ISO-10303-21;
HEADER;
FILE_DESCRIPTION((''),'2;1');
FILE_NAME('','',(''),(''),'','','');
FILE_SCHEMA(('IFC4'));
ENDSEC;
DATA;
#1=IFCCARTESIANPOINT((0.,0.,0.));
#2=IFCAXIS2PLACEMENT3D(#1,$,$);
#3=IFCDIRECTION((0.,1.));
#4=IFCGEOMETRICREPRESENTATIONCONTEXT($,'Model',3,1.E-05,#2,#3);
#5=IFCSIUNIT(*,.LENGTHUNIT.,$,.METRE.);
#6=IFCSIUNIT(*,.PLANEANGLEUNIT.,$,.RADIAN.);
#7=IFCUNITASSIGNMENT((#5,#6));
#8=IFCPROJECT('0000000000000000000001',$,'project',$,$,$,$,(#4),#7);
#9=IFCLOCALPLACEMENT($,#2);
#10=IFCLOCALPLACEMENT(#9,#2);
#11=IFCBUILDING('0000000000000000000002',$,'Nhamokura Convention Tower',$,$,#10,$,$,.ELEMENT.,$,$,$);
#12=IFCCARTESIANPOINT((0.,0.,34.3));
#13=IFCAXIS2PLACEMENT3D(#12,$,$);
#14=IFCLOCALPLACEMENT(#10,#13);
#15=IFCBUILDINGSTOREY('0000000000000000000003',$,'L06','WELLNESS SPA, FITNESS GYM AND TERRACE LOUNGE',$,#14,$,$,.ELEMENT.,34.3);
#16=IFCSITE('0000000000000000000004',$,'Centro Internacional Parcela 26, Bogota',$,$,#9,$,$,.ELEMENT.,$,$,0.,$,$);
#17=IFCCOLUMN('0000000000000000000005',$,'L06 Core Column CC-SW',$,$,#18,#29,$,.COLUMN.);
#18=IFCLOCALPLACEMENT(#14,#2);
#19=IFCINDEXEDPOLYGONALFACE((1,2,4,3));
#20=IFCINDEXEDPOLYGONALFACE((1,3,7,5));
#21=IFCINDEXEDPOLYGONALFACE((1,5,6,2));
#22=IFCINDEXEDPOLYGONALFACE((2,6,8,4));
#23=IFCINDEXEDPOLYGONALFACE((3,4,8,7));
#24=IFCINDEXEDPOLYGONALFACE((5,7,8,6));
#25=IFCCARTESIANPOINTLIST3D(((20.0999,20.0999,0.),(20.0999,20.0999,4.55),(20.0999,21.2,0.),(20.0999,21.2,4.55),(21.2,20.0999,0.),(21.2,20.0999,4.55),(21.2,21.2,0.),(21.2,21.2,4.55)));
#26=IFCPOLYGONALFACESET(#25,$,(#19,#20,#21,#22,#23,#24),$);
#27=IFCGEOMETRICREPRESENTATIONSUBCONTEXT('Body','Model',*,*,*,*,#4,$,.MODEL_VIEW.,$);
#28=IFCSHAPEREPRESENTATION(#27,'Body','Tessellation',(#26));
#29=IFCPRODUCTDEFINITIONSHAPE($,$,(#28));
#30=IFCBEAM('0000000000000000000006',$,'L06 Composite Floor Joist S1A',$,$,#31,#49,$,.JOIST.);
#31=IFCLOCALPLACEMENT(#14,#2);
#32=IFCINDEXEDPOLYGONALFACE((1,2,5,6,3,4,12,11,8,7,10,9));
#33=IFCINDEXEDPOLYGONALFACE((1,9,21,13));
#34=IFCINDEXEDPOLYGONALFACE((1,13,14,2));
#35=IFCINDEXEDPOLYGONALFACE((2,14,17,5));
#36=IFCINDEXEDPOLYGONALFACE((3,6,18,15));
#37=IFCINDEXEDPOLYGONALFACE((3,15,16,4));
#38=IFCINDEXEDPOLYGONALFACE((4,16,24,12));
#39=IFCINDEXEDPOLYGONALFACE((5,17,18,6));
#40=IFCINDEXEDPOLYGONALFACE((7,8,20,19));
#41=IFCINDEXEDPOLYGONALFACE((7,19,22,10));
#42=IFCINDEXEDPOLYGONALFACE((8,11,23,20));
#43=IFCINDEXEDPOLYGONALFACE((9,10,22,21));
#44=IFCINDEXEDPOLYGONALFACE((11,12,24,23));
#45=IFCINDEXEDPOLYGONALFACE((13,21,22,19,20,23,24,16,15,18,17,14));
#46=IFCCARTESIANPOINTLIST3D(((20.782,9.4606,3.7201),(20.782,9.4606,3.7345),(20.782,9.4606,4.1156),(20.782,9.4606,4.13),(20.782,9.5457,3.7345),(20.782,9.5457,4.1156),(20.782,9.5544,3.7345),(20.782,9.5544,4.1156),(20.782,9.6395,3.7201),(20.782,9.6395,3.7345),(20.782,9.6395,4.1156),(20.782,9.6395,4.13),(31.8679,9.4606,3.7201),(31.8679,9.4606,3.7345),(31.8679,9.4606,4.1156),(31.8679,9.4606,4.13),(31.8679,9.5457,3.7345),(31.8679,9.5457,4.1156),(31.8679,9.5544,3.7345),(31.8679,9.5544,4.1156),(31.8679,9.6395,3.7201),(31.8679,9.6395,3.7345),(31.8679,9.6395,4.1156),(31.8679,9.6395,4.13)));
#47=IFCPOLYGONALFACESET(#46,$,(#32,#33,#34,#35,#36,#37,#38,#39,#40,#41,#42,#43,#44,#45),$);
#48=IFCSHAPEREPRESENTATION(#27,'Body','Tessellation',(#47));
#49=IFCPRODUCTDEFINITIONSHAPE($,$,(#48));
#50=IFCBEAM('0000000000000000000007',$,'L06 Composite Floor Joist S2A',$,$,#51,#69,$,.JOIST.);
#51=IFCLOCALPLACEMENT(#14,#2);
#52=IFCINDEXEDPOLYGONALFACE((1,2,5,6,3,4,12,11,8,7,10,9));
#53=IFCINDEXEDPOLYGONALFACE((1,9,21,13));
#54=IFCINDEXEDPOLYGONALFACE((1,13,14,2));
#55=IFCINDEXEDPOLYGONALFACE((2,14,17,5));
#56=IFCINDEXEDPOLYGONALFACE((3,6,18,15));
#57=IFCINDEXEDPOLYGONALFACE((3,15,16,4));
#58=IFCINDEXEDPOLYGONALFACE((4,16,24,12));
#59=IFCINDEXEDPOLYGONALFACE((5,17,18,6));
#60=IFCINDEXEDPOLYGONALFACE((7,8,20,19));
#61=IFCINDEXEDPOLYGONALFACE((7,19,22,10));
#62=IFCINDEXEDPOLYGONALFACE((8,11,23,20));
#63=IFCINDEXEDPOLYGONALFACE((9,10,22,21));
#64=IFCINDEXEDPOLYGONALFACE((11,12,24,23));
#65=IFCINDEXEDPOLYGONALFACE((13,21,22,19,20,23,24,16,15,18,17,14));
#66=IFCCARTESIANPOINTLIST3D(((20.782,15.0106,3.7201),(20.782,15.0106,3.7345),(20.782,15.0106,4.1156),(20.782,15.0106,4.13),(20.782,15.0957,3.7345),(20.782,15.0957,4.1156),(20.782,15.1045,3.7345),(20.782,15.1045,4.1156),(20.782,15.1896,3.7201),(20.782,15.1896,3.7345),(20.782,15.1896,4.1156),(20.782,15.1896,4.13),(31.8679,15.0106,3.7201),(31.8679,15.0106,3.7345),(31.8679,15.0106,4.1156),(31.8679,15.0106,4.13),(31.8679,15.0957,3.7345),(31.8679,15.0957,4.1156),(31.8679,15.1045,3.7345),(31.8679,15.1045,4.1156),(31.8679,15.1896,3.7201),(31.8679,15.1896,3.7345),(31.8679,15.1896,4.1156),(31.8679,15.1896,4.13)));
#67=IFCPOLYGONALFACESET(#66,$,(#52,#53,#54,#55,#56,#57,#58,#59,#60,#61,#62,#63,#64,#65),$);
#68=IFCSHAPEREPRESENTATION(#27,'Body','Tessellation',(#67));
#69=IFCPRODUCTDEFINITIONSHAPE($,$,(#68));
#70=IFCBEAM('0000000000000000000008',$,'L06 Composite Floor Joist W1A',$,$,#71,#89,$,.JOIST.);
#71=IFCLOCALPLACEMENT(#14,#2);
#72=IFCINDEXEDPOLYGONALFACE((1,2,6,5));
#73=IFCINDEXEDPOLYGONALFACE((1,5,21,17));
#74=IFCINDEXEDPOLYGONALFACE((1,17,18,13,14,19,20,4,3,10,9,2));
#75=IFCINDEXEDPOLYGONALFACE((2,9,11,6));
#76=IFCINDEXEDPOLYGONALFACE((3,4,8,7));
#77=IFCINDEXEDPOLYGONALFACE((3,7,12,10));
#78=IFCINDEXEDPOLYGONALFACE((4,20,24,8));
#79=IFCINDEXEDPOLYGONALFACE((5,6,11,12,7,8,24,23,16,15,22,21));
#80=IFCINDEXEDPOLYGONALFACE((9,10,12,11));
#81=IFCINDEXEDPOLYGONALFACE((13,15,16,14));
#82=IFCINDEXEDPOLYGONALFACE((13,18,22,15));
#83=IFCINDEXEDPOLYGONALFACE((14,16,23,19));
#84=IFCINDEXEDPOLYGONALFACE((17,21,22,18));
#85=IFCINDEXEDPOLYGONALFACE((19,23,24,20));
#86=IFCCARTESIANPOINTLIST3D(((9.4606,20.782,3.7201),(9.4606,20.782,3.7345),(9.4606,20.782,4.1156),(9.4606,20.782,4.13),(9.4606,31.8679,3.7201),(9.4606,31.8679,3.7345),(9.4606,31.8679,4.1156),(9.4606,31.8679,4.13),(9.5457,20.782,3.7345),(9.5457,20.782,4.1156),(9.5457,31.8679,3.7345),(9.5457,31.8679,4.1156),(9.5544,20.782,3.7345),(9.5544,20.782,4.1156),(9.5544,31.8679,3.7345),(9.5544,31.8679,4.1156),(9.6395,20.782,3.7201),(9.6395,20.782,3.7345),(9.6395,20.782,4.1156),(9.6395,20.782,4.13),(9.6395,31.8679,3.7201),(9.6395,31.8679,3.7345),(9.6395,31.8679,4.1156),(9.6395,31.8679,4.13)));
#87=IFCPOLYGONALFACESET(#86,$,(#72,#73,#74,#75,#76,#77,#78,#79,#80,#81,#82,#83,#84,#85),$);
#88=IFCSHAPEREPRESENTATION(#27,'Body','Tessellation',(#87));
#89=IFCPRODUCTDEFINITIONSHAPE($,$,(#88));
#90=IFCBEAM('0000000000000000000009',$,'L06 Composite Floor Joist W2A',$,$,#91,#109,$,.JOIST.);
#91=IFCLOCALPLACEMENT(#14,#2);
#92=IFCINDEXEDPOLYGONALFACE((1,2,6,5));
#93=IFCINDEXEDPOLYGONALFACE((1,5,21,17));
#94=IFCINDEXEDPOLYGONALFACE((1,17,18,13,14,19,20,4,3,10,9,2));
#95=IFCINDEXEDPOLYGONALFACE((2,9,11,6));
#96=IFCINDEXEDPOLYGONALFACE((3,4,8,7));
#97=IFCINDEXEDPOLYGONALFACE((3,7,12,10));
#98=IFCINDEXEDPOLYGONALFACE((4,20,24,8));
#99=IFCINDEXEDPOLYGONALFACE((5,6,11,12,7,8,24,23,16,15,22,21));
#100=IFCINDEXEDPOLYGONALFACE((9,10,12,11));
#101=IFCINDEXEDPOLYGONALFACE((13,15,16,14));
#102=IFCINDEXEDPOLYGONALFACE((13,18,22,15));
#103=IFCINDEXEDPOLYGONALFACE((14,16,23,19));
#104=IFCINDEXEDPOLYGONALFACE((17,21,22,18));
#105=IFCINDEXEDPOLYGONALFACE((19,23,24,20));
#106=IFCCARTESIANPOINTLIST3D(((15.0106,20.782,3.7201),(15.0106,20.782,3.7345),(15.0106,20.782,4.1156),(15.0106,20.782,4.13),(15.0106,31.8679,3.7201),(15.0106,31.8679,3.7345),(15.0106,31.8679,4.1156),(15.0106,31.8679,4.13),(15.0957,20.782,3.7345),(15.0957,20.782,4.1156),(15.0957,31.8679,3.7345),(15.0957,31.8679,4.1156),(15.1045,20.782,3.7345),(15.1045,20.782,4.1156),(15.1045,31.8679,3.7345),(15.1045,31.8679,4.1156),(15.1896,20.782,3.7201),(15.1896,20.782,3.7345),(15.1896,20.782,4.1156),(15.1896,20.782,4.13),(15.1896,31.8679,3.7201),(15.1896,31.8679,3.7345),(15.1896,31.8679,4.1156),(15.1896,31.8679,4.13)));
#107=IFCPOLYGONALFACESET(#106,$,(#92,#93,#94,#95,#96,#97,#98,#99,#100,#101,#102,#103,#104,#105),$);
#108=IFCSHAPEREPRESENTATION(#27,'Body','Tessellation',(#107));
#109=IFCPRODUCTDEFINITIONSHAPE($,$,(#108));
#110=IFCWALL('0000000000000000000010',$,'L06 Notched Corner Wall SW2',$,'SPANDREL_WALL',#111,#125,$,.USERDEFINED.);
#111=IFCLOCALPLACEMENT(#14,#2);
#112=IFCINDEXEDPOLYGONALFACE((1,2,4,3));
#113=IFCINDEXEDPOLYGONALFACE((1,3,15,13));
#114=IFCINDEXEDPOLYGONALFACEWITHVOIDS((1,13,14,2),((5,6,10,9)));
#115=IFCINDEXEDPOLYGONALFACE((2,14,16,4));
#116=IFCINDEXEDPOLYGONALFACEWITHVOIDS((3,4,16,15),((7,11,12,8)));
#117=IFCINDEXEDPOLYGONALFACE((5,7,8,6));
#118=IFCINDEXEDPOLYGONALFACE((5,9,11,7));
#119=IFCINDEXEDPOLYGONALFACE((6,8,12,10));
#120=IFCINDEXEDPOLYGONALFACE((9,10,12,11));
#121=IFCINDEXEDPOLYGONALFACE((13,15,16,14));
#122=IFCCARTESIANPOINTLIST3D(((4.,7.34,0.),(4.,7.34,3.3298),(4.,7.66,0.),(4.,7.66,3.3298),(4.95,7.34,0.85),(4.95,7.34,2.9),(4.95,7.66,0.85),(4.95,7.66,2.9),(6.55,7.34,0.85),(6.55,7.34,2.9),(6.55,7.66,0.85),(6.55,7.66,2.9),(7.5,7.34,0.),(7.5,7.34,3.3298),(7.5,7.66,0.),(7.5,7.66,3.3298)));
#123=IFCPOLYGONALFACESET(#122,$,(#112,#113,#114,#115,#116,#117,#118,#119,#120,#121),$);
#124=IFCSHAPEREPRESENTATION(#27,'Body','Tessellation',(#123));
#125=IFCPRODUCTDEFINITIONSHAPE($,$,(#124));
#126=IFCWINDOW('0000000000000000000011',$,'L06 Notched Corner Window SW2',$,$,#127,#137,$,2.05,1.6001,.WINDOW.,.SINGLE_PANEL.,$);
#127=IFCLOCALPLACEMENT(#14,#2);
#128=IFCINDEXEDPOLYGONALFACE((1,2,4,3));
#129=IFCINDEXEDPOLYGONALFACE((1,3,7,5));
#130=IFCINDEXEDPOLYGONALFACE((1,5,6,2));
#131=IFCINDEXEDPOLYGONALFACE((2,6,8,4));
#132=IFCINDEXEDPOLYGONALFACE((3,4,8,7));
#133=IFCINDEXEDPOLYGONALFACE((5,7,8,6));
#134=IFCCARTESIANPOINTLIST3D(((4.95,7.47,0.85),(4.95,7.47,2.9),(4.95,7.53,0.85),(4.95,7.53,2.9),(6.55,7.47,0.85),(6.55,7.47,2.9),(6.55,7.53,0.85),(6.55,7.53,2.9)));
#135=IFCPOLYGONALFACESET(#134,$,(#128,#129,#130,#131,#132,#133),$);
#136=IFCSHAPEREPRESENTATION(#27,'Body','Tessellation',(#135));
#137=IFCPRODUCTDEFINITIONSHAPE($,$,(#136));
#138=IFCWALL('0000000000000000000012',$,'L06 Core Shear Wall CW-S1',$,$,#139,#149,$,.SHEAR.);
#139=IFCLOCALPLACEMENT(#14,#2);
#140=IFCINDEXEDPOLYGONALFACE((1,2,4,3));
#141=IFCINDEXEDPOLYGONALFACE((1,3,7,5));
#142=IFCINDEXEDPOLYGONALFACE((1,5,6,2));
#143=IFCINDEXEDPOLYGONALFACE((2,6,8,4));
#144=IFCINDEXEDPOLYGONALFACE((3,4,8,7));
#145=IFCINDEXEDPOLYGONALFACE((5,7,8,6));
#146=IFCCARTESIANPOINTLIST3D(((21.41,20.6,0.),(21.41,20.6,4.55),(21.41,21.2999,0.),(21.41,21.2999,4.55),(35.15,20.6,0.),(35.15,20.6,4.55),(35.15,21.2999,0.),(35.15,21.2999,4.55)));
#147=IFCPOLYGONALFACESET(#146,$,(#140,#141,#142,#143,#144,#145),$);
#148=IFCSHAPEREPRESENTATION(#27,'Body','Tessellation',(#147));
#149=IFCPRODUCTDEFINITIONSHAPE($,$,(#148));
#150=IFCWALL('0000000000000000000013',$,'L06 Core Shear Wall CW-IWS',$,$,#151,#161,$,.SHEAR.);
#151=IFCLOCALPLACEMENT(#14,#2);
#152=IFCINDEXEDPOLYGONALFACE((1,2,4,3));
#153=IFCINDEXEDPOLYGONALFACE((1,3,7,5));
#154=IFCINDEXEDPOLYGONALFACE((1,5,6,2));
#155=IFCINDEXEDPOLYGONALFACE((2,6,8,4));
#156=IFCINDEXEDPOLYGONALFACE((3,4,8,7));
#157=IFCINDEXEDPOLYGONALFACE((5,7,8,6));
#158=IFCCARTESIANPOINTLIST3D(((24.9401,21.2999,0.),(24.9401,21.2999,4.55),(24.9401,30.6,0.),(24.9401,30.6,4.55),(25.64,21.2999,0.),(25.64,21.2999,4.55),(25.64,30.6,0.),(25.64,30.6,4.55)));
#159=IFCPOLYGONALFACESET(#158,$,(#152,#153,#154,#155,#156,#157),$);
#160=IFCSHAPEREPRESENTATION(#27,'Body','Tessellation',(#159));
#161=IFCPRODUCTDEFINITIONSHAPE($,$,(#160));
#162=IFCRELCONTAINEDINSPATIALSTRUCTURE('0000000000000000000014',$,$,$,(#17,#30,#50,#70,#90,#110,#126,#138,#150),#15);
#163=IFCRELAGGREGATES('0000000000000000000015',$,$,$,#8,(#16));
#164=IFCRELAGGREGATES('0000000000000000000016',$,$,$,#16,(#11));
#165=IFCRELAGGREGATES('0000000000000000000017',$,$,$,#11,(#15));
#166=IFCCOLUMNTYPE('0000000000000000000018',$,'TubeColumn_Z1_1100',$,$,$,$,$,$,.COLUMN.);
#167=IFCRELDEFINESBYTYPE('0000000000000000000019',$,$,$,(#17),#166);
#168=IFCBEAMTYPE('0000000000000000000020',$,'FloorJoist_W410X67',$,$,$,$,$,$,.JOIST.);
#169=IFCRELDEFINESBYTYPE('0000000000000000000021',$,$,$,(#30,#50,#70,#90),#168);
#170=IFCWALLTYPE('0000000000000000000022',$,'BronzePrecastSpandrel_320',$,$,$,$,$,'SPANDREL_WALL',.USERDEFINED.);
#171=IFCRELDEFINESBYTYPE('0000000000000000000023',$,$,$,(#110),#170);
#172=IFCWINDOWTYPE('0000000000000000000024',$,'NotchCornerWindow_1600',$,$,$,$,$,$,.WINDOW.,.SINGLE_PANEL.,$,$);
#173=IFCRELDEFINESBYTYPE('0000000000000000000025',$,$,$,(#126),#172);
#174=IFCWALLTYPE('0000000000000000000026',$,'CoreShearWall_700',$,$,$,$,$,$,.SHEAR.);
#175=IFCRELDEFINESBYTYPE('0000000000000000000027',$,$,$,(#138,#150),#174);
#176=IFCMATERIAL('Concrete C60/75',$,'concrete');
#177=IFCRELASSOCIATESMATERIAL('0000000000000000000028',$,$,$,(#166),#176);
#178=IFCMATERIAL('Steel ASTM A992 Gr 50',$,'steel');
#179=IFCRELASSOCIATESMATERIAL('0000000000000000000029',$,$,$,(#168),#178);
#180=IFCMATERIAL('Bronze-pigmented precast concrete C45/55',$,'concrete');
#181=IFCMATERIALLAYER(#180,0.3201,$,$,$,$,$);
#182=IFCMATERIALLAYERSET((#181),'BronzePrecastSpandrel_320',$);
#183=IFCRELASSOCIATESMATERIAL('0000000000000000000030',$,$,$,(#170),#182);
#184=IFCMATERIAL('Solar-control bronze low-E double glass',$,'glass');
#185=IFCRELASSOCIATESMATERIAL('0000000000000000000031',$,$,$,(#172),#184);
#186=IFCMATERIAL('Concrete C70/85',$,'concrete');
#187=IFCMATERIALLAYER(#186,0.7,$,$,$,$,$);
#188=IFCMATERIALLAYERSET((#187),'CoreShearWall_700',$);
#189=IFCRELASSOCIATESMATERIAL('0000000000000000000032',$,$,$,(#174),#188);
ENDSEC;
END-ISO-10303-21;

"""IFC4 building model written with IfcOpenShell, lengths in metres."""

from ifc_helpers import new_model, si_unit, direction, frame, frame_2d, origin, origin_2d, place, context, subcontext, project, spatial, rectangle, i_section, extrude, material, layer, layer_set, material_profile, profile_set, type_object, element, fill, save


model = new_model("IFC4")

# Units and contexts
model_context = context("Model", 3, precision=1e-05, world=origin(), true_north=direction((0.0, 1.0)))
body_context = subcontext(model_context, "Body", "Model", "MODEL_VIEW")
ifc_project = project(units=[si_unit("LENGTHUNIT", "METRE"), si_unit("PLANEANGLEUNIT", "RADIAN")], contexts=[model_context])

# Site, building, storey
site_placement = place(None, origin())
site = spatial("IfcSite", under=ifc_project, at=site_placement, Name="Centro Internacional Parcela 26, Bogota", CompositionType="ELEMENT", RefElevation=0.0)
building_placement = place(site_placement, origin())
building = spatial("IfcBuilding", under=site, at=building_placement, Name="Nhamokura Convention Tower", CompositionType="ELEMENT")
storey_placement = place(building_placement, frame((0.0, 0.0, 34.3)))
storey = spatial("IfcBuildingStorey", under=building, at=storey_placement, Name="L06", Description="WELLNESS SPA, FITNESS GYM AND TERRACE LOUNGE", CompositionType="ELEMENT", Elevation=34.3)

# Column
ifc_material_1 = material(Name="Concrete C60/75", Category="concrete")
ifc_material_profile_1 = material_profile(ifc_material_1, rectangle(XDim=1.1001, YDim=1.1001, at=origin_2d()))
ifc_profile_set_1 = profile_set([ifc_material_profile_1], Name="Concrete C60/75")
column_type = type_object("IfcColumnType", Name="TubeColumn_Z1_1100", PredefinedType="COLUMN", material=ifc_profile_set_1)
column_placement = place(storey_placement, frame((20.6499, 20.6499, 0.0), z_axis=(0.0, 0.0, 1.0), x_axis=(1.0, 0.0, 0.0)))
element("IfcColumn", 1, at=column_placement, inside=storey, type_object=column_type, Name="L06 Core Column CC-SW", PredefinedType="COLUMN", context=body_context, shape_type="SweptSolid", body=[
    extrude(rectangle(XDim=1.1001, YDim=1.1001, at=origin_2d()), origin(), (0.0, 0.0, 1.0), 4.55),
])

# Beams
ifc_material_2 = material(Name="Steel ASTM A992 Gr 50", Category="steel")
ifc_material_profile_2 = material_profile(ifc_material_2, i_section(OverallWidth=0.179, OverallDepth=0.4099, WebThickness=0.0088, FlangeThickness=0.0144, at=origin_2d()))
ifc_profile_set_2 = profile_set([ifc_material_profile_2], Name="Steel ASTM A992 Gr 50")
beam_type = type_object("IfcBeamType", Name="FloorJoist_W410X67", PredefinedType="JOIST", material=ifc_profile_set_2)
for number, where, z_axis, x_axis, name in (
    (2, (20.782, 9.55, 3.925), (1.0, 0.0, 0.0), (0.0, 1.0, 0.0), "L06 Composite Floor Joist S1A"),
    (3, (20.782, 15.1001, 3.925), (1.0, 0.0, 0.0), (0.0, 1.0, 0.0), "L06 Composite Floor Joist S2A"),
    (4, (9.55, 20.782, 3.925), (0.0, 1.0, 0.0), (-1.0, 0.0, 0.0), "L06 Composite Floor Joist W1A"),
    (5, (15.1001, 20.782, 3.925), (0.0, 1.0, 0.0), (-1.0, 0.0, 0.0), "L06 Composite Floor Joist W2A"),
):
    element("IfcBeam", number, at=place(storey_placement, frame(where, z_axis=z_axis, x_axis=x_axis)), inside=storey, type_object=beam_type, Name=name, PredefinedType="JOIST", context=body_context, shape_type="SweptSolid", body=[
        extrude(i_section(OverallWidth=0.179, OverallDepth=0.4099, WebThickness=0.0088, FlangeThickness=0.0144, at=origin_2d()), origin(), (0.0, 0.0, 1.0), 11.0859),
    ])

# Wall, opening, window
ifc_material_3 = material(Name="Bronze-pigmented precast concrete C45/55", Category="concrete")
ifc_layer_1 = layer(ifc_material_3, 0.3201)
ifc_layer_set_1 = layer_set([ifc_layer_1], Name="BronzePrecastSpandrel_320")
wall_type_1 = type_object("IfcWallType", Name="BronzePrecastSpandrel_320", ElementType="SPANDREL_WALL", PredefinedType="USERDEFINED", material=ifc_layer_set_1)
wall_1_placement = place(storey_placement, frame((7.5, 7.5, 0.0), z_axis=(0.0, 0.0, 1.0), x_axis=(-1.0, 0.0, 0.0)))
wall_1 = element("IfcWall", 6, at=wall_1_placement, inside=storey, type_object=wall_type_1, Name="L06 Notched Corner Wall SW2", ObjectType="SPANDREL_WALL", PredefinedType="USERDEFINED", context=body_context, shape_type="SweptSolid", body=[
    extrude(rectangle(XDim=3.5, YDim=0.3201, at=frame_2d((1.75, 0.0))), origin(), (0.0, 0.0, 1.0), 3.3298),
])
opening_1_placement = place(wall_1_placement, frame((0.95, 0.0, 0.8501)))
opening_1 = element("IfcOpeningElement", 7, at=opening_1_placement, cuts=wall_1, PredefinedType="OPENING", context=body_context, shape_type="SweptSolid", body=[
    extrude(rectangle(XDim=1.6001, YDim=2.05, at=frame_2d((0.8, 1.0249))), frame((0.0, 0.1699, 0.0), z_axis=(0.0, -1.0, 0.0), x_axis=(1.0, 0.0, 0.0)), (0.0, 0.0, 1.0), 0.3401),
])
ifc_material_4 = material(Name="Solar-control bronze low-E double glass", Category="glass")
window_type = type_object("IfcWindowType", Name="NotchCornerWindow_1600", PartitioningType="SINGLE_PANEL", PredefinedType="WINDOW", material=ifc_material_4)
window_placement = place(opening_1_placement, origin())
window = element("IfcWindow", 8, at=window_placement, inside=storey, type_object=window_type, Name="L06 Notched Corner Window SW2", OverallHeight=2.05, OverallWidth=1.6001, PartitioningType="SINGLE_PANEL", PredefinedType="WINDOW", context=body_context, shape_type="SweptSolid", body=[
    extrude(rectangle(XDim=1.6001, YDim=2.05, at=frame_2d((0.8, 1.0249))), frame((0.0, 0.03, 0.0), z_axis=(0.0, -1.0, 0.0), x_axis=(1.0, 0.0, 0.0)), (0.0, 0.0, 1.0), 0.0601),
])
fill(opening_1, window)

# Shared definitions
ifc_material_5 = material(Name="Concrete C70/85", Category="concrete")
ifc_layer_2 = layer(ifc_material_5, 0.7)
ifc_layer_set_2 = layer_set([ifc_layer_2], Name="CoreShearWall_700")
wall_type_2 = type_object("IfcWallType", Name="CoreShearWall_700", PredefinedType="SHEAR", material=ifc_layer_set_2)

# Walls
wall_2_placement = place(storey_placement, frame((21.4099, 20.95, 0.0), z_axis=(0.0, 0.0, 1.0), x_axis=(1.0, 0.0, 0.0)))
element("IfcWall", 9, at=wall_2_placement, inside=storey, type_object=wall_type_2, Name="L06 Core Shear Wall CW-S1", PredefinedType="SHEAR", context=body_context, shape_type="SweptSolid", body=[
    extrude(rectangle(XDim=13.74, YDim=0.7, at=frame_2d((6.8701, 0.0))), origin(), (0.0, 0.0, 1.0), 4.55),
])
wall_3_placement = place(storey_placement, frame((25.29, 21.3, 0.0), z_axis=(0.0, 0.0, 1.0), x_axis=(0.0, 1.0, 0.0)))
element("IfcWall", 10, at=wall_3_placement, inside=storey, type_object=wall_type_2, Name="L06 Core Shear Wall CW-IWS", PredefinedType="SHEAR", context=body_context, shape_type="SweptSolid", body=[
    extrude(rectangle(XDim=9.3, YDim=0.7, at=frame_2d((4.6499, 0.0))), origin(), (0.0, 0.0, 1.0), 4.55),
])

save(model, "model.ifc")
